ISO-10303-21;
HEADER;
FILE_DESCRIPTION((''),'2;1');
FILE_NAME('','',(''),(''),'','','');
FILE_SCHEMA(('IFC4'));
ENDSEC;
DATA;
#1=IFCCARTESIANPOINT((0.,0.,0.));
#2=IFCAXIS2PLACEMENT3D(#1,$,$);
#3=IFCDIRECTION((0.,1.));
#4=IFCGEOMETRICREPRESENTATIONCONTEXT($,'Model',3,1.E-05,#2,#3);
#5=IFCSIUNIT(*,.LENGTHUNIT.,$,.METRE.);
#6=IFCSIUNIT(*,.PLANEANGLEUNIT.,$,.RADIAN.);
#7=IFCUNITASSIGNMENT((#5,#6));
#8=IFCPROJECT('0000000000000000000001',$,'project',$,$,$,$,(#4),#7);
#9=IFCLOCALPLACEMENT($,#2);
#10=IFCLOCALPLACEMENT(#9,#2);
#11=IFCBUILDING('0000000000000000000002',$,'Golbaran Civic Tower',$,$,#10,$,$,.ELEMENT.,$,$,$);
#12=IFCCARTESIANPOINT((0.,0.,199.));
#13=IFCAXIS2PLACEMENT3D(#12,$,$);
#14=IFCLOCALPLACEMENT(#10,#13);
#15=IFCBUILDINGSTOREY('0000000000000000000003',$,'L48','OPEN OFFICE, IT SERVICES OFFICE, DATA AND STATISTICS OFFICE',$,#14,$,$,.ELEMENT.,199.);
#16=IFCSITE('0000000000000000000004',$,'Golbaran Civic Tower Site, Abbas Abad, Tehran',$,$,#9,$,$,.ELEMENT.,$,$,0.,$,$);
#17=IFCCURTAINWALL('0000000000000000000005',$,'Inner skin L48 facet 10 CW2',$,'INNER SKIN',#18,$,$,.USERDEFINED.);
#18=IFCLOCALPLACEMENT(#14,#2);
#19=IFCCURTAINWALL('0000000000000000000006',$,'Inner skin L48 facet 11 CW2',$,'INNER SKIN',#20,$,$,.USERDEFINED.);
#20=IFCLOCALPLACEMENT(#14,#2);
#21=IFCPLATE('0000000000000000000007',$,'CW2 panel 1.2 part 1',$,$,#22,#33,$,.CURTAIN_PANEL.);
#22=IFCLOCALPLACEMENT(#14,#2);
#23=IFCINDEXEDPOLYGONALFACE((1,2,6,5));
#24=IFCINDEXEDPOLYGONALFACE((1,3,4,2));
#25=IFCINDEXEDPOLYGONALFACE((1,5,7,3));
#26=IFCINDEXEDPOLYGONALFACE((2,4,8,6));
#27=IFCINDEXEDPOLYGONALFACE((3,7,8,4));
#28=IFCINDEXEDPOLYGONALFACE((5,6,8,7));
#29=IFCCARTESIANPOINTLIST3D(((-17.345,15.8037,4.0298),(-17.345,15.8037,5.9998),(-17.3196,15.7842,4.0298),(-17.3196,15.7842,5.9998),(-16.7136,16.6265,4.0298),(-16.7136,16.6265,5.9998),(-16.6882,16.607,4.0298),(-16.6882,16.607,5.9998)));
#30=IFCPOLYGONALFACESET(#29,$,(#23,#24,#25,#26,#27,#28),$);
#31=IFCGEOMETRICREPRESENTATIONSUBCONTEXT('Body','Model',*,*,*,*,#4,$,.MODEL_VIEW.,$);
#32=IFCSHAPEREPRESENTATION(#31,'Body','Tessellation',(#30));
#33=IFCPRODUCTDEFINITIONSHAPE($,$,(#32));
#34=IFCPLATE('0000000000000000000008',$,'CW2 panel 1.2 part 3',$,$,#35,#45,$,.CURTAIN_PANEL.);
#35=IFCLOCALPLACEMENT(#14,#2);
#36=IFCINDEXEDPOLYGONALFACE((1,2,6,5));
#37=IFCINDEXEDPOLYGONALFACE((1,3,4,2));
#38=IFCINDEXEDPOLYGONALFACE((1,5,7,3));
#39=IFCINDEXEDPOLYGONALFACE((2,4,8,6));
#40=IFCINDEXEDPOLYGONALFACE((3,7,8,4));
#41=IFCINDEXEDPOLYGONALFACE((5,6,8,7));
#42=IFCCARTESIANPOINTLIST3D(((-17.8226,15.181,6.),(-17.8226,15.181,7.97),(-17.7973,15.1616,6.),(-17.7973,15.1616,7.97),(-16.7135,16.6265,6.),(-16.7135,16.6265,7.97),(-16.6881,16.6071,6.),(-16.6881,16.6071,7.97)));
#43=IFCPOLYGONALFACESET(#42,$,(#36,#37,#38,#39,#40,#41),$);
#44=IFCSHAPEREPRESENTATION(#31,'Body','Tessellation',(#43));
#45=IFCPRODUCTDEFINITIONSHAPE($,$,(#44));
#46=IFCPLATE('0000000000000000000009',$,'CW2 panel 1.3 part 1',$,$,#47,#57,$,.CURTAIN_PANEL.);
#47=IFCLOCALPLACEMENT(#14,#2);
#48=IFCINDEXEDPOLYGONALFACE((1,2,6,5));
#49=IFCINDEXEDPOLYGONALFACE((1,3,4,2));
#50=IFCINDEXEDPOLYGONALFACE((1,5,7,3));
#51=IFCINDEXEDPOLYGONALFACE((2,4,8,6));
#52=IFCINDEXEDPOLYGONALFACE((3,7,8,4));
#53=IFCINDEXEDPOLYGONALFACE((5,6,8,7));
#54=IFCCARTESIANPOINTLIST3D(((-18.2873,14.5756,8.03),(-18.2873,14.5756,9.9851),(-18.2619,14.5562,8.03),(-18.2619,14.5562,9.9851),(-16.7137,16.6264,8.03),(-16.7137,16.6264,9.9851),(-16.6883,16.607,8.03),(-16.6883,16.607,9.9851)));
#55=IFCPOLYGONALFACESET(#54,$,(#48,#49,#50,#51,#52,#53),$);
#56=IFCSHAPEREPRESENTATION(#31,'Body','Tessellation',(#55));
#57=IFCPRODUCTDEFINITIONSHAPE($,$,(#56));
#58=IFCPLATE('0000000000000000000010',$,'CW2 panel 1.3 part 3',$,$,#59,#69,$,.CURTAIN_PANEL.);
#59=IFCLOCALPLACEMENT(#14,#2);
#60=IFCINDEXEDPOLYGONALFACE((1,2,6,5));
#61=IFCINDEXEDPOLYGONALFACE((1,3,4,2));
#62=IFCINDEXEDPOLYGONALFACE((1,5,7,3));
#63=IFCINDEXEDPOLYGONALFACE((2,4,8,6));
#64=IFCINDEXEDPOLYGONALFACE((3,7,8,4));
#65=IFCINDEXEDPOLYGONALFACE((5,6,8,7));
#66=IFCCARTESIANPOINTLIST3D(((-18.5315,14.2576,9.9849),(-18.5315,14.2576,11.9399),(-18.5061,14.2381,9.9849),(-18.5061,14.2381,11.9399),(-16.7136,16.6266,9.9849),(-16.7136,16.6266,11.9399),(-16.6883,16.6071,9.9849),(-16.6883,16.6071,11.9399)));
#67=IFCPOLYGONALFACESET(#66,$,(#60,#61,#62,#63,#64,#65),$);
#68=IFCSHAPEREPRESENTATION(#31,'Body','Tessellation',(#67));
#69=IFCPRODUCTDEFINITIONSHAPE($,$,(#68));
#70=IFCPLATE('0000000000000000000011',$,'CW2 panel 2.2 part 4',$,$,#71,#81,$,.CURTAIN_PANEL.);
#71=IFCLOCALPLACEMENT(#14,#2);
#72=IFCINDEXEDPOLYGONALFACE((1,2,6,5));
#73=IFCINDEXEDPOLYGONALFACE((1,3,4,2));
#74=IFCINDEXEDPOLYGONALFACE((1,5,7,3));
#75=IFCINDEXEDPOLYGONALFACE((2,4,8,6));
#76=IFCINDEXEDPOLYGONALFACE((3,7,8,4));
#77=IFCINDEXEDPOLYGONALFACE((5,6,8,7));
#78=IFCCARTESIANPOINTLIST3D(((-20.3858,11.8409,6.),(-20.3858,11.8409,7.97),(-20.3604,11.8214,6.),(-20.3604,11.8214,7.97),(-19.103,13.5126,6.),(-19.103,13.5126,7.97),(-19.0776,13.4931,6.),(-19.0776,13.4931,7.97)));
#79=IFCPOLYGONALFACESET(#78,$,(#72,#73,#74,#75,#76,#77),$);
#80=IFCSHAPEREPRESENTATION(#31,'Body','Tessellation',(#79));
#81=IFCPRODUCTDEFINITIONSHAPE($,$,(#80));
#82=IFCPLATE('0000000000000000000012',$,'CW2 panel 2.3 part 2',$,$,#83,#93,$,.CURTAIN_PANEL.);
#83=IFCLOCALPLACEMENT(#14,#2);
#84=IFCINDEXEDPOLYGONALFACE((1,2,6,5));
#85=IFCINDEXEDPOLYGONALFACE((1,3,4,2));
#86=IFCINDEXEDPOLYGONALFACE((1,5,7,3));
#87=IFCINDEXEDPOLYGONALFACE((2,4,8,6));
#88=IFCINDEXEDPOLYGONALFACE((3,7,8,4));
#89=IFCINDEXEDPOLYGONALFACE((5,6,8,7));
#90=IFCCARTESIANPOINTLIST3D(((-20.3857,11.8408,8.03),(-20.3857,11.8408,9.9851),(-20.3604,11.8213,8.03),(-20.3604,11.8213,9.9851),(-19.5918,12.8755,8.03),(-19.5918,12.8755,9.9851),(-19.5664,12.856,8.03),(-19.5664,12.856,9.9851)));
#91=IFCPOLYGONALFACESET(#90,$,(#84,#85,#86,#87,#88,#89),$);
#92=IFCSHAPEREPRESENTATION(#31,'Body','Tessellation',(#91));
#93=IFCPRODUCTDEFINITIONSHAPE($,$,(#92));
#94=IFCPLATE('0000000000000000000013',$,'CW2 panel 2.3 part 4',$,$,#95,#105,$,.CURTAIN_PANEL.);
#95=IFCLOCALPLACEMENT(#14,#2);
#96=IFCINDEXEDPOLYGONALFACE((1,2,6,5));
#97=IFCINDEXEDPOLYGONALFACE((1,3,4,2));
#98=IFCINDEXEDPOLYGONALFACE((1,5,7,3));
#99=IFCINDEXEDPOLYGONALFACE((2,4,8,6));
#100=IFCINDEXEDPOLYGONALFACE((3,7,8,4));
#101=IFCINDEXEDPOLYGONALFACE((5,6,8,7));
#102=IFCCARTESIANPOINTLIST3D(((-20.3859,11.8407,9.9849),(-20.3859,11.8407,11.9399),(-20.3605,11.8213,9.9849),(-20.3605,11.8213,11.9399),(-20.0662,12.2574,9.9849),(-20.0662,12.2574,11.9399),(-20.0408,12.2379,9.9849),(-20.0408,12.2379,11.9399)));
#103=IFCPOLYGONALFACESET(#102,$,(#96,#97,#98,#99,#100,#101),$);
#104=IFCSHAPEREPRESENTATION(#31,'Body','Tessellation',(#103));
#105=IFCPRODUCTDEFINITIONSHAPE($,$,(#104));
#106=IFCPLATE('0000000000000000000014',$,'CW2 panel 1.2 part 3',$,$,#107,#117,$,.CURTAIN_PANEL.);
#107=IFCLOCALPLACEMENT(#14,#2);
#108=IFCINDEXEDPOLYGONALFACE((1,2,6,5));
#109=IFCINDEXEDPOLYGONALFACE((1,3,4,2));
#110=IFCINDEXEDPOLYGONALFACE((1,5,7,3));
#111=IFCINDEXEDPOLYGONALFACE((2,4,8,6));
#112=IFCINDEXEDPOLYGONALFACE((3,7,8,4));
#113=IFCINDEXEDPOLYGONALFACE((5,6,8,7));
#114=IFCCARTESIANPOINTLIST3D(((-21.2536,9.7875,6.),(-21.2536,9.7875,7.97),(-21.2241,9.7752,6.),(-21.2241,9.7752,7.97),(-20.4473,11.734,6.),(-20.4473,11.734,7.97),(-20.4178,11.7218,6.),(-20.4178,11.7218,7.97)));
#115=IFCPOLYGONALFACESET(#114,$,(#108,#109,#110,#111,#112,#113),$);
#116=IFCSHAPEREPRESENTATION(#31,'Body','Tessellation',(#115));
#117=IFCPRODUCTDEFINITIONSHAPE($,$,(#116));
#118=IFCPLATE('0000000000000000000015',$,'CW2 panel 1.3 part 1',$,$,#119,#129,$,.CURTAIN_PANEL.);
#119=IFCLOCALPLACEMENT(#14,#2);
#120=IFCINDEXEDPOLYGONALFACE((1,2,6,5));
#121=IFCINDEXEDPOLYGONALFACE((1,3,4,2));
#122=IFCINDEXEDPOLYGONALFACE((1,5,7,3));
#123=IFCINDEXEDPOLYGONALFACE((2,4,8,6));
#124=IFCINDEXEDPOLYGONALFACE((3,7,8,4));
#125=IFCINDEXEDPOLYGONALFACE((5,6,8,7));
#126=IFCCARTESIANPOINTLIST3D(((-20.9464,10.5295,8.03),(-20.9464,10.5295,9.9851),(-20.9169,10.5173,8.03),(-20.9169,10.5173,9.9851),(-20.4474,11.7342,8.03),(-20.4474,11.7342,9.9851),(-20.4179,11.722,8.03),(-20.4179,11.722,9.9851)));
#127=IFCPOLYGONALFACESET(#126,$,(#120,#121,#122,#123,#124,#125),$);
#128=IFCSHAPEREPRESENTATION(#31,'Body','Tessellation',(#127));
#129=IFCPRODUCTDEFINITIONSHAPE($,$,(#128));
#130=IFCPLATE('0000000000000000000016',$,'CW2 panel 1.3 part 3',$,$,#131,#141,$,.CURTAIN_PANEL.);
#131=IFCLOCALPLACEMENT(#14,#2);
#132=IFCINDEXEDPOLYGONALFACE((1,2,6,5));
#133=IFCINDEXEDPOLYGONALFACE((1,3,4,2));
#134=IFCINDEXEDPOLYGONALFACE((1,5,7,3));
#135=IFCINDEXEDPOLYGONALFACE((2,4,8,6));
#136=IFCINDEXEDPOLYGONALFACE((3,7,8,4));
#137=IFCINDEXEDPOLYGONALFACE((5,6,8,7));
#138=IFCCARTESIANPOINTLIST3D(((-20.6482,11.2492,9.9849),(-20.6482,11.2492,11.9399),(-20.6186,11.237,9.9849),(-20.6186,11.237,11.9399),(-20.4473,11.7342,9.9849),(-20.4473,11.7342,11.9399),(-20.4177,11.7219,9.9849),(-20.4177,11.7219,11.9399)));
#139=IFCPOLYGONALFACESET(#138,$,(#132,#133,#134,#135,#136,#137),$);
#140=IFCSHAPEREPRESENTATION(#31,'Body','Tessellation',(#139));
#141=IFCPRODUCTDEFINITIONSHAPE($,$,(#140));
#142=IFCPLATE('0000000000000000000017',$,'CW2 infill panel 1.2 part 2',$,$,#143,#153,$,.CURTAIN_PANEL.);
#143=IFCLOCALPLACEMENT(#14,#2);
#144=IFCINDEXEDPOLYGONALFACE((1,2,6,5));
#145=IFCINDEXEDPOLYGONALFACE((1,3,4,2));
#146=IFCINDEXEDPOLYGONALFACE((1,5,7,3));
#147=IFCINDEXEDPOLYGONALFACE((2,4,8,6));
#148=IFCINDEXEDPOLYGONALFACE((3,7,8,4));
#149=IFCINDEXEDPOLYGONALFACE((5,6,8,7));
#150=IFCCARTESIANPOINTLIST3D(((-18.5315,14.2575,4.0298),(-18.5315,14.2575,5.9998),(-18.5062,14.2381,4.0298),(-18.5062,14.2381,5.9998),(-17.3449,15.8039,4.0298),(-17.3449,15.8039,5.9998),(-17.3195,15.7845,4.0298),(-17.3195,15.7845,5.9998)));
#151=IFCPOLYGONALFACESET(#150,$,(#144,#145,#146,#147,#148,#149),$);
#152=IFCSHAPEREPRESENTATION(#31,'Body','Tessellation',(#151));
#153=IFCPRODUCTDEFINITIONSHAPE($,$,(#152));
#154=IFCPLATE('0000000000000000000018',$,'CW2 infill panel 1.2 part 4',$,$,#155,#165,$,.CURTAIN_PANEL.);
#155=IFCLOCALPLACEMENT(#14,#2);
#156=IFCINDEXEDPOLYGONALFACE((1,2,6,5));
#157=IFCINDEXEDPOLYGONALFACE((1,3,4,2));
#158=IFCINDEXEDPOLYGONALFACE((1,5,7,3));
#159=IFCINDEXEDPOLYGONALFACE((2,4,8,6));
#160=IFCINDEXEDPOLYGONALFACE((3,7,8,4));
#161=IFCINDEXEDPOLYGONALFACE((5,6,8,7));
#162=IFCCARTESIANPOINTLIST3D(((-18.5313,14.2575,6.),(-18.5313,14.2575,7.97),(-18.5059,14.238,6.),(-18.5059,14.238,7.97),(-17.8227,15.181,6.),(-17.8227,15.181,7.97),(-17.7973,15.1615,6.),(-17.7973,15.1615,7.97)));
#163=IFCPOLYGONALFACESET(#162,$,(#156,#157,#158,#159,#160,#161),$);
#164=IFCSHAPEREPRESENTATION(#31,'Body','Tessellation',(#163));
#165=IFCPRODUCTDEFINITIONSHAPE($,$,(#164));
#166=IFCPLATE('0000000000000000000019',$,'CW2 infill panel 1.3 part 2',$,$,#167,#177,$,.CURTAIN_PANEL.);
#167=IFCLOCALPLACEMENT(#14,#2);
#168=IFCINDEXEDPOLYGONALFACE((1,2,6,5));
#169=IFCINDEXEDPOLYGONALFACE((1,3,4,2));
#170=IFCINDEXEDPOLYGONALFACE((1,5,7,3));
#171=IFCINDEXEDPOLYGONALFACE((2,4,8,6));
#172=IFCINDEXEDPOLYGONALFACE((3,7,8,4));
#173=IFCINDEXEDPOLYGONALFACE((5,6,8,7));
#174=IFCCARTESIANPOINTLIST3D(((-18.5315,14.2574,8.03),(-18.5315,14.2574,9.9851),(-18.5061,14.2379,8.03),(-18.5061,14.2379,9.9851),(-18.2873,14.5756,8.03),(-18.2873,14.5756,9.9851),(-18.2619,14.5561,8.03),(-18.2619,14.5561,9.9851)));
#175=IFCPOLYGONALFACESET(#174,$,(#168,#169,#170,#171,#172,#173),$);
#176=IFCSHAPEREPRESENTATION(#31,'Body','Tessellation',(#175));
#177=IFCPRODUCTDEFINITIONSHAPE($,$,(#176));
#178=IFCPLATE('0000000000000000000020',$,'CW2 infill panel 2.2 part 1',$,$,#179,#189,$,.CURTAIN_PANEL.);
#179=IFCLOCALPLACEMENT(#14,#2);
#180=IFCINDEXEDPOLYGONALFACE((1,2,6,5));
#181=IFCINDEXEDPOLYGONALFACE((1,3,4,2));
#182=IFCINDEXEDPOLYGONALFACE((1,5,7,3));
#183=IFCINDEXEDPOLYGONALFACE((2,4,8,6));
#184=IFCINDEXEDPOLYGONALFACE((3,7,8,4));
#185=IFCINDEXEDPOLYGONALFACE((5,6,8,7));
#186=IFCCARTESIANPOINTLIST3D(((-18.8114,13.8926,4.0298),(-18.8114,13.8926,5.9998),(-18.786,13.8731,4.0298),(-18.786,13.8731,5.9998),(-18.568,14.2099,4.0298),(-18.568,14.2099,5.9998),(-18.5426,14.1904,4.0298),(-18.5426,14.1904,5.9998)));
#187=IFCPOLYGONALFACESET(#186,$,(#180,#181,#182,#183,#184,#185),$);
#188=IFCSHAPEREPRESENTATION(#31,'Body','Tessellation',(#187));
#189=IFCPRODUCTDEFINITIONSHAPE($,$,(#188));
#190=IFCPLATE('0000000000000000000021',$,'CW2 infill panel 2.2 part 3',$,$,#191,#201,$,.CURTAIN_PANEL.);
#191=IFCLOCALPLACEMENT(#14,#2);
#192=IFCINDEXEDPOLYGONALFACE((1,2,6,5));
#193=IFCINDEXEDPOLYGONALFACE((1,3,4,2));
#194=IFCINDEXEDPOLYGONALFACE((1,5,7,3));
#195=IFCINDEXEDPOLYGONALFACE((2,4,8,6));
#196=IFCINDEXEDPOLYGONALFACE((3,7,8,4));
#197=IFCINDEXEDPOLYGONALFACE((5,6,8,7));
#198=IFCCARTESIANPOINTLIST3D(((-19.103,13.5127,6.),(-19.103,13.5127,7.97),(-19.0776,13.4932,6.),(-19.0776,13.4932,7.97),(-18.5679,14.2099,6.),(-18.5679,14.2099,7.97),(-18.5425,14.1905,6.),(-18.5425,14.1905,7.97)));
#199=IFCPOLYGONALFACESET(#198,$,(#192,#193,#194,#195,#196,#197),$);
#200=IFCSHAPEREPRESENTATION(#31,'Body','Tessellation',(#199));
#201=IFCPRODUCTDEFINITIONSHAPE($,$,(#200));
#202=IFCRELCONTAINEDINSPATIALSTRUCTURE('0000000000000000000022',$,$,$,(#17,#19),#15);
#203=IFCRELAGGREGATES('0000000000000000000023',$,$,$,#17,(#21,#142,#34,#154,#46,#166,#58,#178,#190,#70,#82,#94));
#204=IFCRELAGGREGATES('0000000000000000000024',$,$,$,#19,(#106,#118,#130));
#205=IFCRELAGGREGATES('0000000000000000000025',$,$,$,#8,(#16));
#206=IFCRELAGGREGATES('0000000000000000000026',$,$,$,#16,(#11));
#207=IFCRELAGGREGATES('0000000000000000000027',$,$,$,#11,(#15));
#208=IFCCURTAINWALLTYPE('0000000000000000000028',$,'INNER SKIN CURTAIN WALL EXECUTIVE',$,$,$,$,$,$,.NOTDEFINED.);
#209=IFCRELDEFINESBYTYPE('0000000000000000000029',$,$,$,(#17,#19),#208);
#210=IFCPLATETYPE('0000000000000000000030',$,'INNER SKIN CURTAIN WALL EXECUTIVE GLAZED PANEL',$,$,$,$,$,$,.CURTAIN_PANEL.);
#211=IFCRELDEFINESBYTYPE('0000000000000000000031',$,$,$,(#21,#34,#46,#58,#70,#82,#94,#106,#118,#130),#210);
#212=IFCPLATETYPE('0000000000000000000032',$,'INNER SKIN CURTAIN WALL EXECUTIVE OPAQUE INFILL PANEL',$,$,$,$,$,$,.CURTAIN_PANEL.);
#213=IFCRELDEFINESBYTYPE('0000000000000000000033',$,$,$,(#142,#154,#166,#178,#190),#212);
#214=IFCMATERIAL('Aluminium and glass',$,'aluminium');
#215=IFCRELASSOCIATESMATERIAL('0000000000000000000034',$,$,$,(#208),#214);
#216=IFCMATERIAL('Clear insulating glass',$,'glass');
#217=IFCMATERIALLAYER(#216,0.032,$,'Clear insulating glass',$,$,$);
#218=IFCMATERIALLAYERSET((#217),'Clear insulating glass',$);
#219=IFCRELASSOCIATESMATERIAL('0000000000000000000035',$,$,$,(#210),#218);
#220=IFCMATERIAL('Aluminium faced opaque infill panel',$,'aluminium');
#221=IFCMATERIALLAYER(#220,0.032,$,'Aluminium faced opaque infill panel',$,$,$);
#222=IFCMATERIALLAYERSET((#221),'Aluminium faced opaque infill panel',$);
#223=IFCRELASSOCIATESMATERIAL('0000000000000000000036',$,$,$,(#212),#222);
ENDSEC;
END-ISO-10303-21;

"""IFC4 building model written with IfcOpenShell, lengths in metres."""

from ifc_helpers import new_model, si_unit, direction, frame, origin, origin_2d, place, context, subcontext, project, spatial, rectangle, extrude, material, layer, layer_set, type_object, element, aggregate, save


model = new_model("IFC4")

# Units and contexts
model_context = context("Model", 3, precision=1e-05, world=origin(), true_north=direction((0.0, 1.0)))
body_context = subcontext(model_context, "Body", "Model", "MODEL_VIEW")
ifc_project = project(units=[si_unit("LENGTHUNIT", "METRE"), si_unit("PLANEANGLEUNIT", "RADIAN")], contexts=[model_context])

# Site, building, storey
site_placement = place(None, origin())
site = spatial("IfcSite", under=ifc_project, at=site_placement, Name="Golbaran Civic Tower Site, Abbas Abad, Tehran", CompositionType="ELEMENT", RefElevation=0.0)
building_placement = place(site_placement, origin())
building = spatial("IfcBuilding", under=site, at=building_placement, Name="Golbaran Civic Tower", CompositionType="ELEMENT")
storey_placement = place(building_placement, frame((0.0, 0.0, 199.0)))
storey = spatial("IfcBuildingStorey", under=building, at=storey_placement, Name="L48", Description="OPEN OFFICE, IT SERVICES OFFICE, DATA AND STATISTICS OFFICE", CompositionType="ELEMENT", Elevation=199.0)

# Curtain walls
ifc_material_1 = material(Name="Aluminium and glass", Category="aluminium")
curtain_wall_type_1 = type_object("IfcCurtainWallType", Name="INNER SKIN CURTAIN WALL EXECUTIVE", PredefinedType="NOTDEFINED", material=ifc_material_1)
curtain_wall_1_placement = place(storey_placement, origin())
curtain_wall_1 = element("IfcCurtainWall", 1, at=curtain_wall_1_placement, inside=storey, type_object=curtain_wall_type_1, Name="Inner skin L48 facet 10 CW2", ObjectType="INNER SKIN", PredefinedType="USERDEFINED")
curtain_wall_2_placement = place(storey_placement, origin())
curtain_wall_2 = element("IfcCurtainWall", 2, at=curtain_wall_2_placement, inside=storey, type_object=curtain_wall_type_1, Name="Inner skin L48 facet 11 CW2", ObjectType="INNER SKIN", PredefinedType="USERDEFINED")

# Shared definitions
ifc_material_2 = material(Name="Clear insulating glass", Category="glass")
ifc_layer_1 = layer(ifc_material_2, 0.032, Name="Clear insulating glass")
ifc_layer_set_1 = layer_set([ifc_layer_1], Name="Clear insulating glass")
plate_type_1 = type_object("IfcPlateType", Name="INNER SKIN CURTAIN WALL EXECUTIVE GLAZED PANEL", PredefinedType="CURTAIN_PANEL", material=ifc_layer_set_1)

# Plates
plate_1_placement = place(storey_placement, frame((-17.0166, 16.2053, 4.0298), z_axis=(0.0, 0.0, 1.0), x_axis=(-0.608761, -0.793353, 0.0)))
plate_1 = element("IfcPlate", 3, at=plate_1_placement, type_object=plate_type_1, Name="CW2 panel 1.2 part 1", PredefinedType="CURTAIN_PANEL", context=body_context, shape_type="SweptSolid", body=[
    extrude(rectangle(XDim=1.0371, YDim=0.032, at=origin_2d()), origin(), (0.0, 0.0, 1.0), 1.97),
])
plate_2_placement = place(storey_placement, frame((-17.2554, 15.894, 6.0), z_axis=(0.0, 0.0, 1.0), x_axis=(-0.608761, -0.793353, 0.0)))
plate_2 = element("IfcPlate", 4, at=plate_2_placement, type_object=plate_type_1, Name="CW2 panel 1.2 part 3", PredefinedType="CURTAIN_PANEL", context=body_context, shape_type="SweptSolid", body=[
    extrude(rectangle(XDim=1.822, YDim=0.032, at=origin_2d()), origin(), (0.0, 0.0, 1.0), 1.97),
])
plate_3_placement = place(storey_placement, frame((-17.4878, 15.5913, 8.03), z_axis=(0.0, 0.0, 1.0), x_axis=(-0.608761, -0.793353, 0.0)))
plate_3 = element("IfcPlate", 5, at=plate_3_placement, type_object=plate_type_1, Name="CW2 panel 1.3 part 1", PredefinedType="CURTAIN_PANEL", context=body_context, shape_type="SweptSolid", body=[
    extrude(rectangle(XDim=2.585, YDim=0.032, at=origin_2d()), origin(), (0.0, 0.0, 1.0), 1.9551),
])
plate_4_placement = place(storey_placement, frame((-17.6099, 15.4324, 9.9849), z_axis=(0.0, 0.0, 1.0), x_axis=(-0.608761, -0.793353, 0.0)))
plate_4 = element("IfcPlate", 6, at=plate_4_placement, type_object=plate_type_1, Name="CW2 panel 1.3 part 3", PredefinedType="CURTAIN_PANEL", context=body_context, shape_type="SweptSolid", body=[
    extrude(rectangle(XDim=2.9861, YDim=0.032, at=origin_2d()), origin(), (0.0, 0.0, 1.0), 1.9551),
])
plate_5_placement = place(storey_placement, frame((-19.7317, 12.667, 6.0), z_axis=(0.0, 0.0, 1.0), x_axis=(-0.608761, -0.793353, 0.0)))
plate_5 = element("IfcPlate", 7, at=plate_5_placement, type_object=plate_type_1, Name="CW2 panel 2.2 part 4", PredefinedType="CURTAIN_PANEL", context=body_context, shape_type="SweptSolid", body=[
    extrude(rectangle(XDim=2.1072, YDim=0.032, at=origin_2d()), origin(), (0.0, 0.0, 1.0), 1.97),
])
plate_6_placement = place(storey_placement, frame((-19.9761, 12.3484, 8.03), z_axis=(0.0, 0.0, 1.0), x_axis=(-0.608761, -0.793353, 0.0)))
plate_6 = element("IfcPlate", 8, at=plate_6_placement, type_object=plate_type_1, Name="CW2 panel 2.3 part 2", PredefinedType="CURTAIN_PANEL", context=body_context, shape_type="SweptSolid", body=[
    extrude(rectangle(XDim=1.3042, YDim=0.032, at=origin_2d()), origin(), (0.0, 0.0, 1.0), 1.9551),
])
plate_7_placement = place(storey_placement, frame((-20.2134, 12.0393, 9.9849), z_axis=(0.0, 0.0, 1.0), x_axis=(-0.608761, -0.793353, 0.0)))
plate_7 = element("IfcPlate", 9, at=plate_7_placement, type_object=plate_type_1, Name="CW2 panel 2.3 part 4", PredefinedType="CURTAIN_PANEL", context=body_context, shape_type="SweptSolid", body=[
    extrude(rectangle(XDim=0.5251, YDim=0.032, at=origin_2d()), origin(), (0.0, 0.0, 1.0), 1.9551),
])
plate_8_placement = place(storey_placement, frame((-20.8357, 10.7546, 6.0), z_axis=(0.0, 0.0, 1.0), x_axis=(-0.382683, -0.92388, 0.0)))
plate_8 = element("IfcPlate", 10, at=plate_8_placement, type_object=plate_type_1, Name="CW2 panel 1.2 part 3", PredefinedType="CURTAIN_PANEL", context=body_context, shape_type="SweptSolid", body=[
    extrude(rectangle(XDim=2.1069, YDim=0.032, at=origin_2d()), origin(), (0.0, 0.0, 1.0), 1.97),
])
plate_9_placement = place(storey_placement, frame((-20.6821, 11.1257, 8.03), z_axis=(0.0, 0.0, 1.0), x_axis=(-0.382683, -0.92388, 0.0)))
plate_9 = element("IfcPlate", 11, at=plate_9_placement, type_object=plate_type_1, Name="CW2 panel 1.3 part 1", PredefinedType="CURTAIN_PANEL", context=body_context, shape_type="SweptSolid", body=[
    extrude(rectangle(XDim=1.304, YDim=0.032, at=origin_2d()), origin(), (0.0, 0.0, 1.0), 1.9551),
])
plate_10_placement = place(storey_placement, frame((-20.533, 11.4856, 9.9849), z_axis=(0.0, 0.0, 1.0), x_axis=(-0.382683, -0.92388, 0.0)))
plate_10 = element("IfcPlate", 12, at=plate_10_placement, type_object=plate_type_1, Name="CW2 panel 1.3 part 3", PredefinedType="CURTAIN_PANEL", context=body_context, shape_type="SweptSolid", body=[
    extrude(rectangle(XDim=0.5249, YDim=0.032, at=origin_2d()), origin(), (0.0, 0.0, 1.0), 1.9551),
])
ifc_material_3 = material(Name="Aluminium faced opaque infill panel", Category="aluminium")
ifc_layer_2 = layer(ifc_material_3, 0.032, Name="Aluminium faced opaque infill panel")
ifc_layer_set_2 = layer_set([ifc_layer_2], Name="Aluminium faced opaque infill panel")
plate_type_2 = type_object("IfcPlateType", Name="INNER SKIN CURTAIN WALL EXECUTIVE OPAQUE INFILL PANEL", PredefinedType="CURTAIN_PANEL", material=ifc_layer_set_2)
plate_11_placement = place(storey_placement, frame((-17.9255, 15.021, 4.0298), z_axis=(0.0, 0.0, 1.0), x_axis=(-0.608761, -0.793353, 0.0)))
plate_11 = element("IfcPlate", 13, at=plate_11_placement, type_object=plate_type_2, Name="CW2 infill panel 1.2 part 2", PredefinedType="CURTAIN_PANEL", context=body_context, shape_type="SweptSolid", body=[
    extrude(rectangle(XDim=1.9492, YDim=0.032, at=origin_2d()), origin(), (0.0, 0.0, 1.0), 1.97),
])
plate_12_placement = place(storey_placement, frame((-18.1643, 14.7095, 6.0), z_axis=(0.0, 0.0, 1.0), x_axis=(-0.608761, -0.793353, 0.0)))
plate_12 = element("IfcPlate", 14, at=plate_12_placement, type_object=plate_type_2, Name="CW2 infill panel 1.2 part 4", PredefinedType="CURTAIN_PANEL", context=body_context, shape_type="SweptSolid", body=[
    extrude(rectangle(XDim=1.1641, YDim=0.032, at=origin_2d()), origin(), (0.0, 0.0, 1.0), 1.97),
])
plate_13_placement = place(storey_placement, frame((-18.3967, 14.4067, 8.03), z_axis=(0.0, 0.0, 1.0), x_axis=(-0.608761, -0.793353, 0.0)))
plate_13 = element("IfcPlate", 15, at=plate_13_placement, type_object=plate_type_2, Name="CW2 infill panel 1.3 part 2", PredefinedType="CURTAIN_PANEL", context=body_context, shape_type="SweptSolid", body=[
    extrude(rectangle(XDim=0.4011, YDim=0.032, at=origin_2d()), origin(), (0.0, 0.0, 1.0), 1.9551),
])
plate_14_placement = place(storey_placement, frame((-18.677, 14.0415, 4.0298), z_axis=(0.0, 0.0, 1.0), x_axis=(-0.608761, -0.793353, 0.0)))
plate_14 = element("IfcPlate", 16, at=plate_14_placement, type_object=plate_type_2, Name="CW2 infill panel 2.2 part 1", PredefinedType="CURTAIN_PANEL", context=body_context, shape_type="SweptSolid", body=[
    extrude(rectangle(XDim=0.3999, YDim=0.032, at=origin_2d()), origin(), (0.0, 0.0, 1.0), 1.97),
])
plate_15_placement = place(storey_placement, frame((-18.8228, 13.8516, 6.0), z_axis=(0.0, 0.0, 1.0), x_axis=(-0.608761, -0.793353, 0.0)))
plate_15 = element("IfcPlate", 17, at=plate_15_placement, type_object=plate_type_2, Name="CW2 infill panel 2.2 part 3", PredefinedType="CURTAIN_PANEL", context=body_context, shape_type="SweptSolid", body=[
    extrude(rectangle(XDim=0.8789, YDim=0.032, at=origin_2d()), origin(), (0.0, 0.0, 1.0), 1.97),
])
aggregate(curtain_wall_1, [plate_1, plate_11, plate_2, plate_12, plate_3, plate_13, plate_4, plate_14, plate_15, plate_5, plate_6, plate_7])
aggregate(curtain_wall_2, [plate_8, plate_9, plate_10])

save(model, "model.ifc")
